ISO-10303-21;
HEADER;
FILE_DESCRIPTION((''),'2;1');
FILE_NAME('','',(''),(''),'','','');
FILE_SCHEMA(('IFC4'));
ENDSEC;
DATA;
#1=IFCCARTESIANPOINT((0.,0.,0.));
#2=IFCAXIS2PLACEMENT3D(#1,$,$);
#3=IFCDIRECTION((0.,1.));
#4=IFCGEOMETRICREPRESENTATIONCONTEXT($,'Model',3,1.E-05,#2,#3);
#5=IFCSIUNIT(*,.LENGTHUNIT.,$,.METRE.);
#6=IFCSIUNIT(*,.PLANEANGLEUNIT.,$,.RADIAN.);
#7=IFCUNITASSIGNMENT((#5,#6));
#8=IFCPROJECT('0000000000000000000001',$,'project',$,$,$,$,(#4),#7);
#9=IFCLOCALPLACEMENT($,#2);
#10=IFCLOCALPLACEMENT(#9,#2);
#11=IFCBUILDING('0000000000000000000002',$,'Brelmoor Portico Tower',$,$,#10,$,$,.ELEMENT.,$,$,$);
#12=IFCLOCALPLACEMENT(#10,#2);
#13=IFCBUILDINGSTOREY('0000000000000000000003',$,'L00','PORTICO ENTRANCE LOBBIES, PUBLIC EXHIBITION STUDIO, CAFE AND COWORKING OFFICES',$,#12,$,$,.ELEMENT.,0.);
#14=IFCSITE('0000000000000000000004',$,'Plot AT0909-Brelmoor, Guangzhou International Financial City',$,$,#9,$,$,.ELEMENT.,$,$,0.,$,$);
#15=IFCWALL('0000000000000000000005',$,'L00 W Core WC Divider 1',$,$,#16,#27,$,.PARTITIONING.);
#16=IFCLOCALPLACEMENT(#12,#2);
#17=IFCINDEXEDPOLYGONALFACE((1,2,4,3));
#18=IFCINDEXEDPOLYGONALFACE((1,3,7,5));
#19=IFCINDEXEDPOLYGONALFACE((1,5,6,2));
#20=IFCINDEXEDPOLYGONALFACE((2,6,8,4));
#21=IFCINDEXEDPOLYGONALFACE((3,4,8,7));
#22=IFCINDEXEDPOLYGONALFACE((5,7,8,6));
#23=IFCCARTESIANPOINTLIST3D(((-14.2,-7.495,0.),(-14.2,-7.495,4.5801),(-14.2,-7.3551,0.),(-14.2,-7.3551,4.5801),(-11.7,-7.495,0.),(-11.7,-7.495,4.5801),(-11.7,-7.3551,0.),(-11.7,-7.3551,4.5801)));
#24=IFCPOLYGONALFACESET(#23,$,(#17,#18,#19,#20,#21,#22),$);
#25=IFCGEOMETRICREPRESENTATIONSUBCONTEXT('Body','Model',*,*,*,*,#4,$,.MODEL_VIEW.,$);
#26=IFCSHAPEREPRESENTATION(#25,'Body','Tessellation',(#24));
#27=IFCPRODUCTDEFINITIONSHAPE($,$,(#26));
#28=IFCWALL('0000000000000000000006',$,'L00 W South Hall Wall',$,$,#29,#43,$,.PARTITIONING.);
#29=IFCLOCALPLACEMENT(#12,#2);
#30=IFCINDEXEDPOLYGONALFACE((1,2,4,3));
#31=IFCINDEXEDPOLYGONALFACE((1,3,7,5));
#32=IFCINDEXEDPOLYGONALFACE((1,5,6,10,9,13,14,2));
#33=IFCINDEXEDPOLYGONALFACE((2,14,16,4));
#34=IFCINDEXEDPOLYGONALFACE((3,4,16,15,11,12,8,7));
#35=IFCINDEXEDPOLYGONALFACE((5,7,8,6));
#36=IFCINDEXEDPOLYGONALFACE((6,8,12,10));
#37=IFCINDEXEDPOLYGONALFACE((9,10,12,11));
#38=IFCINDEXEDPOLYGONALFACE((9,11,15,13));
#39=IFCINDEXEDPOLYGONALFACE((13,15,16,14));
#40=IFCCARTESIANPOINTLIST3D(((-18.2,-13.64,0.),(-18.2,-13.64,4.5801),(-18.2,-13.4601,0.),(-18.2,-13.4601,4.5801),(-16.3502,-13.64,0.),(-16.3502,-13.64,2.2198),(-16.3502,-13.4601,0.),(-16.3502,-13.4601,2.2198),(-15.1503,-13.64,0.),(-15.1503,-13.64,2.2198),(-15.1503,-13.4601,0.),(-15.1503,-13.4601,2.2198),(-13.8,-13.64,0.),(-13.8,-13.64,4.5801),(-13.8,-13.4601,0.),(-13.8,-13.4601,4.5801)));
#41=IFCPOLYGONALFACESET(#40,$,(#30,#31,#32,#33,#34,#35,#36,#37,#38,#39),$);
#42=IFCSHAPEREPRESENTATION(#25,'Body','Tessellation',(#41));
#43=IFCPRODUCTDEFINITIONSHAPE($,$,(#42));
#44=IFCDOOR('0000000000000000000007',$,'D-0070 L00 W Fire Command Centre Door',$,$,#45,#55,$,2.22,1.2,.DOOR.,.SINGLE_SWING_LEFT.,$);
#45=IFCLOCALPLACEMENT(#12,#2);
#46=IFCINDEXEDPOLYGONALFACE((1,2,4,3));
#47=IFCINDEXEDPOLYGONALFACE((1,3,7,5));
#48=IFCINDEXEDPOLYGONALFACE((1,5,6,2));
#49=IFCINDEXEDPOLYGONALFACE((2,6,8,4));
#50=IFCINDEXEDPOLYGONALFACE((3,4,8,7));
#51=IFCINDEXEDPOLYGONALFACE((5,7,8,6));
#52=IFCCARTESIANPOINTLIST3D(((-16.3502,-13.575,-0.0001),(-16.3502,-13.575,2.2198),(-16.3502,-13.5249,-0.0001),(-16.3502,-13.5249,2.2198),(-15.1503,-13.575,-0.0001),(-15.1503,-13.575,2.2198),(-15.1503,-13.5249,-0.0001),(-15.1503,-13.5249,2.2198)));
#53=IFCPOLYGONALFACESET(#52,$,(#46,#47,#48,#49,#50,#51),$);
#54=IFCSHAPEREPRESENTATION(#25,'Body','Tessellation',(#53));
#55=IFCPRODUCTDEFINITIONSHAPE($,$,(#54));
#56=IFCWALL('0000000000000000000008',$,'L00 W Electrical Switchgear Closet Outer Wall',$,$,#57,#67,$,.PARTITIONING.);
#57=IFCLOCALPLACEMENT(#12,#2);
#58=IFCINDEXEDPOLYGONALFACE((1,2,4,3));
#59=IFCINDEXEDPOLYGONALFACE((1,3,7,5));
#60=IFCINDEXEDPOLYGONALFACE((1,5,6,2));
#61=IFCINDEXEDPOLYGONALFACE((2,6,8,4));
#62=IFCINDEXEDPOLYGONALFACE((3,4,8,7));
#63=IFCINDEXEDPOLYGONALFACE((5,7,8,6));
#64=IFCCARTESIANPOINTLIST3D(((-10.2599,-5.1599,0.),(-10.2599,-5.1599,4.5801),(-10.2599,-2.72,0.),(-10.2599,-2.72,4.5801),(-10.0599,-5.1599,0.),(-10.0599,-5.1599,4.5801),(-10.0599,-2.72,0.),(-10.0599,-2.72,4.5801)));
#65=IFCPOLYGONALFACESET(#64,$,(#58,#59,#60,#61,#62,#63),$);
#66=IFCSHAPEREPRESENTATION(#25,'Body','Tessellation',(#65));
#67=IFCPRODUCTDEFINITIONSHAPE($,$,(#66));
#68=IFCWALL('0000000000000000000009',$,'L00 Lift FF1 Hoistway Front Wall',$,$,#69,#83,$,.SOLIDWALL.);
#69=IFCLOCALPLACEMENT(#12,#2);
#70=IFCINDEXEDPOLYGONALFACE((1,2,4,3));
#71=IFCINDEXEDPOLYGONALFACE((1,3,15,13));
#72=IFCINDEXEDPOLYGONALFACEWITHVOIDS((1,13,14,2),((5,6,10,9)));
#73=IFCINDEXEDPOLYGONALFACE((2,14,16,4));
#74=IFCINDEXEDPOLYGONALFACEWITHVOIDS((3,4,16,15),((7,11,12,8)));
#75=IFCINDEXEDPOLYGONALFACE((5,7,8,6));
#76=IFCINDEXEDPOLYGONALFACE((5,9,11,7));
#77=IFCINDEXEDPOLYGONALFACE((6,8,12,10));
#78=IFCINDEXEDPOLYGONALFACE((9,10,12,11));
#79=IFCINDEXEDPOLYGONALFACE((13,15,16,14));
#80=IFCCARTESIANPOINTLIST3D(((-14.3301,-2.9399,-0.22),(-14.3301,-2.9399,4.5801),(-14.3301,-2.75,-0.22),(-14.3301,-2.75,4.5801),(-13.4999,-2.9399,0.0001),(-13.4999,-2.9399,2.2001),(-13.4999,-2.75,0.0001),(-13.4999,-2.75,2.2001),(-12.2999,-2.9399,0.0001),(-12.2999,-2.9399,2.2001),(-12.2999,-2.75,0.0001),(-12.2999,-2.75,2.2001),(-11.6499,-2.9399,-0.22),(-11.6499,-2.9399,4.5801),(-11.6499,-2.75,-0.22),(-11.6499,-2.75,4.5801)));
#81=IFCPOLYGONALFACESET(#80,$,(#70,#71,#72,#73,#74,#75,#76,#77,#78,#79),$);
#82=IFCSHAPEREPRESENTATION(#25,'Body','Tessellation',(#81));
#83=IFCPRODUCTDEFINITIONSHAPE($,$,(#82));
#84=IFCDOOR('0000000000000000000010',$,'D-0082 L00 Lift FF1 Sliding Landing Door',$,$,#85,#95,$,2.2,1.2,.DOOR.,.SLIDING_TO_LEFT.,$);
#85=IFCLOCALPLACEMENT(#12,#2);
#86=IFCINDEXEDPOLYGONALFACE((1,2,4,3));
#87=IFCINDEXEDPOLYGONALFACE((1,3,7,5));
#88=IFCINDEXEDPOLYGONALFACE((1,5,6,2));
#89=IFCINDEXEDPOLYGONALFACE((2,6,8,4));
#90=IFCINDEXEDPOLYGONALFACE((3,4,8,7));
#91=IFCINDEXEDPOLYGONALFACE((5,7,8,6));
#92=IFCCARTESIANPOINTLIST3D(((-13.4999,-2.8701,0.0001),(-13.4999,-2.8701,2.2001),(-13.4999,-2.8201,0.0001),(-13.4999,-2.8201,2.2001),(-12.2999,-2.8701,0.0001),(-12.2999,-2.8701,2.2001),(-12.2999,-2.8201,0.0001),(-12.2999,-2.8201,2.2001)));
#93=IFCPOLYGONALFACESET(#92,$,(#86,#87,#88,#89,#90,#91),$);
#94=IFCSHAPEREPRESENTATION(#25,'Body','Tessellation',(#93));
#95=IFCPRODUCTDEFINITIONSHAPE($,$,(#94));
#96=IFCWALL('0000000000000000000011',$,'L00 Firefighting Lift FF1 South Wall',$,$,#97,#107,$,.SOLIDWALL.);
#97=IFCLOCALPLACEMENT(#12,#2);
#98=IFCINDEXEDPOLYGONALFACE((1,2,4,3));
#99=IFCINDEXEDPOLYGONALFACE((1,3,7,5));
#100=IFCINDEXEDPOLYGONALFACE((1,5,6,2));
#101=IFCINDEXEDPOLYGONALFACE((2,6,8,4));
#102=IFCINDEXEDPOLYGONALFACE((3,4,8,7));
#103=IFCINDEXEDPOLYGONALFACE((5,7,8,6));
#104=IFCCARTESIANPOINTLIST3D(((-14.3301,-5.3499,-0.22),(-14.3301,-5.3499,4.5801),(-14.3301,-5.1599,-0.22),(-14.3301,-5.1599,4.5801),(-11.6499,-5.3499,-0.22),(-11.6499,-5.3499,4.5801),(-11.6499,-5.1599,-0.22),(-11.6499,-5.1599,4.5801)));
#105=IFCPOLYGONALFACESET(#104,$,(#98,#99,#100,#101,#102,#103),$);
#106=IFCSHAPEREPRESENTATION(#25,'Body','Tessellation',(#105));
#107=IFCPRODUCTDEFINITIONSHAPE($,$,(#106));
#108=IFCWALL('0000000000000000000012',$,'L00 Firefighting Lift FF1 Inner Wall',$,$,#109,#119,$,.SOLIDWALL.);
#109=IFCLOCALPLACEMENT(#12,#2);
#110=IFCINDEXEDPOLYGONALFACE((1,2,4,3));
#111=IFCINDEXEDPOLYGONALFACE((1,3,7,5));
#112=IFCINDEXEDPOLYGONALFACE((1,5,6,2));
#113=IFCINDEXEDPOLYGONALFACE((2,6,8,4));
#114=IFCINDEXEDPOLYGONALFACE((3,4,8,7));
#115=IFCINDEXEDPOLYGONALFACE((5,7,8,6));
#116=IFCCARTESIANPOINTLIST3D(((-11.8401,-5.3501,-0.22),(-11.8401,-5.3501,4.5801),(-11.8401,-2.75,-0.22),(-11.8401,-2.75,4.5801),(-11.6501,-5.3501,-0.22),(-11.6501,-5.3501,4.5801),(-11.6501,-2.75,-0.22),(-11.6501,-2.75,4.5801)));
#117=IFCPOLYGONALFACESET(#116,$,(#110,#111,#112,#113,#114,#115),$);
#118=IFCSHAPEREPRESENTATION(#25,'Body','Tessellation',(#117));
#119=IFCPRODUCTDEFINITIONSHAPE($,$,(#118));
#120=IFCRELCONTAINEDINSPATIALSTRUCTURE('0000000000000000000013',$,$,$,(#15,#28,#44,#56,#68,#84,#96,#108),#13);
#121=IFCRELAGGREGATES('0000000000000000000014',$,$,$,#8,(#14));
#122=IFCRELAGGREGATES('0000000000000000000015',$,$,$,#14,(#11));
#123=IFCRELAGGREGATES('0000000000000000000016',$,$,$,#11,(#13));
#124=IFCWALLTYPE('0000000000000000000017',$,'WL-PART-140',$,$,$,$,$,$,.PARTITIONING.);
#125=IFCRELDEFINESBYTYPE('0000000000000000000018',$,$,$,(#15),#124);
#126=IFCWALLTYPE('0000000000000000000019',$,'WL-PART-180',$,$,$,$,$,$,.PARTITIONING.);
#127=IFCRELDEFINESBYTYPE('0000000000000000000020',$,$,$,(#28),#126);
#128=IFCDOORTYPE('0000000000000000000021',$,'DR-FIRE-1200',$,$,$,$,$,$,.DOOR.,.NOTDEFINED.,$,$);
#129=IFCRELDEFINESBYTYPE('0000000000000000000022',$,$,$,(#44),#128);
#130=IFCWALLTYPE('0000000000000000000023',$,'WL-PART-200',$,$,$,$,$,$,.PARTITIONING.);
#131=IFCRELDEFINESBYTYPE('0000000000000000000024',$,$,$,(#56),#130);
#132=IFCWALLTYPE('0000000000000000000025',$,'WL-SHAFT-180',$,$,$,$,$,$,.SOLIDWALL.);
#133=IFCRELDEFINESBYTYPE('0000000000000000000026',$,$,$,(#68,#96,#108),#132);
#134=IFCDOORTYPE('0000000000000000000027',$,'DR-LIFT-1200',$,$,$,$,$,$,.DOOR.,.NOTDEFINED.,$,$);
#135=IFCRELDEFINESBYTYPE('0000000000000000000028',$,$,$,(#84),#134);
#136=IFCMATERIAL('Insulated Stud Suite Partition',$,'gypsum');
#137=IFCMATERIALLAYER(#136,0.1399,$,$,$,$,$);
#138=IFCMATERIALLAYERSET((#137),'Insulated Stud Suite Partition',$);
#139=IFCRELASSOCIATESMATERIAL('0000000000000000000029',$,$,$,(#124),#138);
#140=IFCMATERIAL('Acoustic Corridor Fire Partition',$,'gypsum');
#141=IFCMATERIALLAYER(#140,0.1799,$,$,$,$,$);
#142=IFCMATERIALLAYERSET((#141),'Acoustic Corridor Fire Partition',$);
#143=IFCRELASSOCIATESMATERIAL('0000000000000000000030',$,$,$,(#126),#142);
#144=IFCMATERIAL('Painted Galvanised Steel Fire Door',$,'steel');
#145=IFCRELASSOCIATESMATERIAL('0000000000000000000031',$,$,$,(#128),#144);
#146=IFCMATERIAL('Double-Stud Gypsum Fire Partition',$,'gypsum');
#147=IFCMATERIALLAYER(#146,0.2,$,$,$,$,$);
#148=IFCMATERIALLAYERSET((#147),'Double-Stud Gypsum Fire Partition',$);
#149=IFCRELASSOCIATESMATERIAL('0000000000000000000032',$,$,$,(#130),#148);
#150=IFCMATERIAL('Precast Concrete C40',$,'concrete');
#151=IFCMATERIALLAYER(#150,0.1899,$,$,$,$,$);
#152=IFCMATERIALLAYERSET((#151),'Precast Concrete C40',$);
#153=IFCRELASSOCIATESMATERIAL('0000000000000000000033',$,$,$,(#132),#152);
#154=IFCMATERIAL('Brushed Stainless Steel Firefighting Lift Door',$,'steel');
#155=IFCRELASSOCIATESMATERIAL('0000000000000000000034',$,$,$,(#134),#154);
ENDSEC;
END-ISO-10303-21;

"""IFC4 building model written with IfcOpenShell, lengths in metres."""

from ifc_helpers import new_model, si_unit, direction, frame, frame_2d, origin, place, context, subcontext, project, spatial, rectangle, extrude, material, layer, layer_set, type_object, element, fill, save


model = new_model("IFC4")

# Units and contexts
model_context = context("Model", 3, precision=1e-05, world=origin(), true_north=direction((0.0, 1.0)))
body_context = subcontext(model_context, "Body", "Model", "MODEL_VIEW")
ifc_project = project(units=[si_unit("LENGTHUNIT", "METRE"), si_unit("PLANEANGLEUNIT", "RADIAN")], contexts=[model_context])

# Site, building, storey
site_placement = place(None, origin())
site = spatial("IfcSite", under=ifc_project, at=site_placement, Name="Plot AT0909-Brelmoor, Guangzhou International Financial City", CompositionType="ELEMENT", RefElevation=0.0)
building_placement = place(site_placement, origin())
building = spatial("IfcBuilding", under=site, at=building_placement, Name="Brelmoor Portico Tower", CompositionType="ELEMENT")
storey_placement = place(building_placement, origin())
storey = spatial("IfcBuildingStorey", under=building, at=storey_placement, Name="L00", Description="PORTICO ENTRANCE LOBBIES, PUBLIC EXHIBITION STUDIO, CAFE AND COWORKING OFFICES", CompositionType="ELEMENT", Elevation=0.0)

# Wall
ifc_material_1 = material(Name="Insulated Stud Suite Partition", Category="gypsum")
ifc_layer_1 = layer(ifc_material_1, 0.1399)
ifc_layer_set_1 = layer_set([ifc_layer_1], Name="Insulated Stud Suite Partition")
wall_type_1 = type_object("IfcWallType", Name="WL-PART-140", PredefinedType="PARTITIONING", material=ifc_layer_set_1)
wall_1_placement = place(storey_placement, frame((-11.7, -7.425, 0.0), z_axis=(0.0, 0.0, 1.0), x_axis=(-1.0, 0.0, 0.0)))
element("IfcWall", 1, at=wall_1_placement, inside=storey, type_object=wall_type_1, Name="L00 W Core WC Divider 1", PredefinedType="PARTITIONING", context=body_context, shape_type="SweptSolid", body=[
    extrude(rectangle(XDim=2.5, YDim=0.1399, at=frame_2d((1.25, 0.0))), origin(), (0.0, 0.0, 1.0), 4.5801),
])

# Wall, opening, door
ifc_material_2 = material(Name="Acoustic Corridor Fire Partition", Category="gypsum")
ifc_layer_2 = layer(ifc_material_2, 0.1799)
ifc_layer_set_2 = layer_set([ifc_layer_2], Name="Acoustic Corridor Fire Partition")
wall_type_2 = type_object("IfcWallType", Name="WL-PART-180", PredefinedType="PARTITIONING", material=ifc_layer_set_2)
wall_2_placement = place(storey_placement, frame((-13.8, -13.55, 0.0), z_axis=(0.0, 0.0, 1.0), x_axis=(-1.0, 0.0, 0.0)))
wall_2 = element("IfcWall", 2, at=wall_2_placement, inside=storey, type_object=wall_type_2, Name="L00 W South Hall Wall", PredefinedType="PARTITIONING", context=body_context, shape_type="SweptSolid", body=[
    extrude(rectangle(XDim=4.3999, YDim=0.1799, at=frame_2d((2.2, 0.0))), origin(), (0.0, 0.0, 1.0), 4.5801),
])
opening_1_placement = place(wall_2_placement, frame((1.3501, 0.0, 0.0)))
opening_1 = element("IfcOpeningElement", 3, at=opening_1_placement, cuts=wall_2, PredefinedType="OPENING", context=body_context, shape_type="SweptSolid", body=[
    extrude(rectangle(XDim=1.2, YDim=2.22, at=frame_2d((0.6001, 1.1099))), frame((0.0, 0.0999, 0.0), z_axis=(0.0, -1.0, 0.0), x_axis=(1.0, 0.0, 0.0)), (0.0, 0.0, 1.0), 0.2),
])
ifc_material_3 = material(Name="Painted Galvanised Steel Fire Door", Category="steel")
door_type_1 = type_object("IfcDoorType", Name="DR-FIRE-1200", OperationType="NOTDEFINED", PredefinedType="DOOR", material=ifc_material_3)
door_1_placement = place(opening_1_placement, origin())
door_1 = element("IfcDoor", 4, at=door_1_placement, inside=storey, type_object=door_type_1, Name="D-0070 L00 W Fire Command Centre Door", OperationType="SINGLE_SWING_LEFT", OverallHeight=2.22, OverallWidth=1.2, PredefinedType="DOOR", context=body_context, shape_type="SweptSolid", body=[
    extrude(rectangle(XDim=1.2, YDim=2.22, at=frame_2d((0.6001, 1.1099))), frame((0.0, 0.0249, 0.0), z_axis=(0.0, -1.0, 0.0), x_axis=(1.0, 0.0, 0.0)), (0.0, 0.0, 1.0), 0.05),
])
fill(opening_1, door_1)
ifc_material_4 = material(Name="Double-Stud Gypsum Fire Partition", Category="gypsum")
ifc_layer_3 = layer(ifc_material_4, 0.2)
ifc_layer_set_3 = layer_set([ifc_layer_3], Name="Double-Stud Gypsum Fire Partition")
wall_type_3 = type_object("IfcWallType", Name="WL-PART-200", PredefinedType="PARTITIONING", material=ifc_layer_set_3)

# Wall
wall_3_placement = place(storey_placement, frame((-10.1599, -5.1599, 0.0), z_axis=(0.0, 0.0, 1.0), x_axis=(0.0, 1.0, 0.0)))
element("IfcWall", 5, at=wall_3_placement, inside=storey, type_object=wall_type_3, Name="L00 W Electrical Switchgear Closet Outer Wall", PredefinedType="PARTITIONING", context=body_context, shape_type="SweptSolid", body=[
    extrude(rectangle(XDim=2.4399, YDim=0.2, at=frame_2d((1.22, 0.0))), origin(), (0.0, 0.0, 1.0), 4.5801),
])

# Wall, opening, door
ifc_material_5 = material(Name="Precast Concrete C40", Category="concrete")
ifc_layer_4 = layer(ifc_material_5, 0.1899)
ifc_layer_set_4 = layer_set([ifc_layer_4], Name="Precast Concrete C40")
wall_type_4 = type_object("IfcWallType", Name="WL-SHAFT-180", PredefinedType="SOLIDWALL", material=ifc_layer_set_4)
wall_4_placement = place(storey_placement, frame((-14.3301, -2.845, -0.22), z_axis=(0.0, 0.0, 1.0), x_axis=(1.0, 0.0, 0.0)))
wall_4 = element("IfcWall", 6, at=wall_4_placement, inside=storey, type_object=wall_type_4, Name="L00 Lift FF1 Hoistway Front Wall", PredefinedType="SOLIDWALL", context=body_context, shape_type="SweptSolid", body=[
    extrude(rectangle(XDim=2.6802, YDim=0.1899, at=frame_2d((1.3401, 0.0))), origin(), (0.0, 0.0, 1.0), 4.8),
])
opening_2_placement = place(wall_4_placement, frame((0.8301, 0.0, 0.22)))
opening_2 = element("IfcOpeningElement", 7, at=opening_2_placement, cuts=wall_4, PredefinedType="OPENING", context=body_context, shape_type="SweptSolid", body=[
    extrude(rectangle(XDim=1.2, YDim=2.2, at=frame_2d((0.6001, 1.1001))), frame((0.0, 0.105, 0.0), z_axis=(0.0, -1.0, 0.0), x_axis=(1.0, 0.0, 0.0)), (0.0, 0.0, 1.0), 0.21),
])
ifc_material_6 = material(Name="Brushed Stainless Steel Firefighting Lift Door", Category="steel")
door_type_2 = type_object("IfcDoorType", Name="DR-LIFT-1200", OperationType="NOTDEFINED", PredefinedType="DOOR", material=ifc_material_6)
door_2_placement = place(opening_2_placement, origin())
door_2 = element("IfcDoor", 8, at=door_2_placement, inside=storey, type_object=door_type_2, Name="D-0082 L00 Lift FF1 Sliding Landing Door", OperationType="SLIDING_TO_LEFT", OverallHeight=2.2, OverallWidth=1.2, PredefinedType="DOOR", context=body_context, shape_type="SweptSolid", body=[
    extrude(rectangle(XDim=1.2, YDim=2.2, at=frame_2d((0.6001, 1.1001))), frame((0.0, 0.0249, 0.0), z_axis=(0.0, -1.0, 0.0), x_axis=(1.0, 0.0, 0.0)), (0.0, 0.0, 1.0), 0.05),
])
fill(opening_2, door_2)

# Walls
wall_5_placement = place(storey_placement, frame((-14.3301, -5.2549, -0.22), z_axis=(0.0, 0.0, 1.0), x_axis=(1.0, 0.0, 0.0)))
element("IfcWall", 9, at=wall_5_placement, inside=storey, type_object=wall_type_4, Name="L00 Firefighting Lift FF1 South Wall", PredefinedType="SOLIDWALL", context=body_context, shape_type="SweptSolid", body=[
    extrude(rectangle(XDim=2.6802, YDim=0.1899, at=frame_2d((1.3401, 0.0))), origin(), (0.0, 0.0, 1.0), 4.8),
])
wall_6_placement = place(storey_placement, frame((-11.7451, -5.3501, -0.22), z_axis=(0.0, 0.0, 1.0), x_axis=(0.0, 1.0, 0.0)))
element("IfcWall", 10, at=wall_6_placement, inside=storey, type_object=wall_type_4, Name="L00 Firefighting Lift FF1 Inner Wall", PredefinedType="SOLIDWALL", context=body_context, shape_type="SweptSolid", body=[
    extrude(rectangle(XDim=2.6001, YDim=0.1899, at=frame_2d((1.3, 0.0))), origin(), (0.0, 0.0, 1.0), 4.8),
])

save(model, "model.ifc")
